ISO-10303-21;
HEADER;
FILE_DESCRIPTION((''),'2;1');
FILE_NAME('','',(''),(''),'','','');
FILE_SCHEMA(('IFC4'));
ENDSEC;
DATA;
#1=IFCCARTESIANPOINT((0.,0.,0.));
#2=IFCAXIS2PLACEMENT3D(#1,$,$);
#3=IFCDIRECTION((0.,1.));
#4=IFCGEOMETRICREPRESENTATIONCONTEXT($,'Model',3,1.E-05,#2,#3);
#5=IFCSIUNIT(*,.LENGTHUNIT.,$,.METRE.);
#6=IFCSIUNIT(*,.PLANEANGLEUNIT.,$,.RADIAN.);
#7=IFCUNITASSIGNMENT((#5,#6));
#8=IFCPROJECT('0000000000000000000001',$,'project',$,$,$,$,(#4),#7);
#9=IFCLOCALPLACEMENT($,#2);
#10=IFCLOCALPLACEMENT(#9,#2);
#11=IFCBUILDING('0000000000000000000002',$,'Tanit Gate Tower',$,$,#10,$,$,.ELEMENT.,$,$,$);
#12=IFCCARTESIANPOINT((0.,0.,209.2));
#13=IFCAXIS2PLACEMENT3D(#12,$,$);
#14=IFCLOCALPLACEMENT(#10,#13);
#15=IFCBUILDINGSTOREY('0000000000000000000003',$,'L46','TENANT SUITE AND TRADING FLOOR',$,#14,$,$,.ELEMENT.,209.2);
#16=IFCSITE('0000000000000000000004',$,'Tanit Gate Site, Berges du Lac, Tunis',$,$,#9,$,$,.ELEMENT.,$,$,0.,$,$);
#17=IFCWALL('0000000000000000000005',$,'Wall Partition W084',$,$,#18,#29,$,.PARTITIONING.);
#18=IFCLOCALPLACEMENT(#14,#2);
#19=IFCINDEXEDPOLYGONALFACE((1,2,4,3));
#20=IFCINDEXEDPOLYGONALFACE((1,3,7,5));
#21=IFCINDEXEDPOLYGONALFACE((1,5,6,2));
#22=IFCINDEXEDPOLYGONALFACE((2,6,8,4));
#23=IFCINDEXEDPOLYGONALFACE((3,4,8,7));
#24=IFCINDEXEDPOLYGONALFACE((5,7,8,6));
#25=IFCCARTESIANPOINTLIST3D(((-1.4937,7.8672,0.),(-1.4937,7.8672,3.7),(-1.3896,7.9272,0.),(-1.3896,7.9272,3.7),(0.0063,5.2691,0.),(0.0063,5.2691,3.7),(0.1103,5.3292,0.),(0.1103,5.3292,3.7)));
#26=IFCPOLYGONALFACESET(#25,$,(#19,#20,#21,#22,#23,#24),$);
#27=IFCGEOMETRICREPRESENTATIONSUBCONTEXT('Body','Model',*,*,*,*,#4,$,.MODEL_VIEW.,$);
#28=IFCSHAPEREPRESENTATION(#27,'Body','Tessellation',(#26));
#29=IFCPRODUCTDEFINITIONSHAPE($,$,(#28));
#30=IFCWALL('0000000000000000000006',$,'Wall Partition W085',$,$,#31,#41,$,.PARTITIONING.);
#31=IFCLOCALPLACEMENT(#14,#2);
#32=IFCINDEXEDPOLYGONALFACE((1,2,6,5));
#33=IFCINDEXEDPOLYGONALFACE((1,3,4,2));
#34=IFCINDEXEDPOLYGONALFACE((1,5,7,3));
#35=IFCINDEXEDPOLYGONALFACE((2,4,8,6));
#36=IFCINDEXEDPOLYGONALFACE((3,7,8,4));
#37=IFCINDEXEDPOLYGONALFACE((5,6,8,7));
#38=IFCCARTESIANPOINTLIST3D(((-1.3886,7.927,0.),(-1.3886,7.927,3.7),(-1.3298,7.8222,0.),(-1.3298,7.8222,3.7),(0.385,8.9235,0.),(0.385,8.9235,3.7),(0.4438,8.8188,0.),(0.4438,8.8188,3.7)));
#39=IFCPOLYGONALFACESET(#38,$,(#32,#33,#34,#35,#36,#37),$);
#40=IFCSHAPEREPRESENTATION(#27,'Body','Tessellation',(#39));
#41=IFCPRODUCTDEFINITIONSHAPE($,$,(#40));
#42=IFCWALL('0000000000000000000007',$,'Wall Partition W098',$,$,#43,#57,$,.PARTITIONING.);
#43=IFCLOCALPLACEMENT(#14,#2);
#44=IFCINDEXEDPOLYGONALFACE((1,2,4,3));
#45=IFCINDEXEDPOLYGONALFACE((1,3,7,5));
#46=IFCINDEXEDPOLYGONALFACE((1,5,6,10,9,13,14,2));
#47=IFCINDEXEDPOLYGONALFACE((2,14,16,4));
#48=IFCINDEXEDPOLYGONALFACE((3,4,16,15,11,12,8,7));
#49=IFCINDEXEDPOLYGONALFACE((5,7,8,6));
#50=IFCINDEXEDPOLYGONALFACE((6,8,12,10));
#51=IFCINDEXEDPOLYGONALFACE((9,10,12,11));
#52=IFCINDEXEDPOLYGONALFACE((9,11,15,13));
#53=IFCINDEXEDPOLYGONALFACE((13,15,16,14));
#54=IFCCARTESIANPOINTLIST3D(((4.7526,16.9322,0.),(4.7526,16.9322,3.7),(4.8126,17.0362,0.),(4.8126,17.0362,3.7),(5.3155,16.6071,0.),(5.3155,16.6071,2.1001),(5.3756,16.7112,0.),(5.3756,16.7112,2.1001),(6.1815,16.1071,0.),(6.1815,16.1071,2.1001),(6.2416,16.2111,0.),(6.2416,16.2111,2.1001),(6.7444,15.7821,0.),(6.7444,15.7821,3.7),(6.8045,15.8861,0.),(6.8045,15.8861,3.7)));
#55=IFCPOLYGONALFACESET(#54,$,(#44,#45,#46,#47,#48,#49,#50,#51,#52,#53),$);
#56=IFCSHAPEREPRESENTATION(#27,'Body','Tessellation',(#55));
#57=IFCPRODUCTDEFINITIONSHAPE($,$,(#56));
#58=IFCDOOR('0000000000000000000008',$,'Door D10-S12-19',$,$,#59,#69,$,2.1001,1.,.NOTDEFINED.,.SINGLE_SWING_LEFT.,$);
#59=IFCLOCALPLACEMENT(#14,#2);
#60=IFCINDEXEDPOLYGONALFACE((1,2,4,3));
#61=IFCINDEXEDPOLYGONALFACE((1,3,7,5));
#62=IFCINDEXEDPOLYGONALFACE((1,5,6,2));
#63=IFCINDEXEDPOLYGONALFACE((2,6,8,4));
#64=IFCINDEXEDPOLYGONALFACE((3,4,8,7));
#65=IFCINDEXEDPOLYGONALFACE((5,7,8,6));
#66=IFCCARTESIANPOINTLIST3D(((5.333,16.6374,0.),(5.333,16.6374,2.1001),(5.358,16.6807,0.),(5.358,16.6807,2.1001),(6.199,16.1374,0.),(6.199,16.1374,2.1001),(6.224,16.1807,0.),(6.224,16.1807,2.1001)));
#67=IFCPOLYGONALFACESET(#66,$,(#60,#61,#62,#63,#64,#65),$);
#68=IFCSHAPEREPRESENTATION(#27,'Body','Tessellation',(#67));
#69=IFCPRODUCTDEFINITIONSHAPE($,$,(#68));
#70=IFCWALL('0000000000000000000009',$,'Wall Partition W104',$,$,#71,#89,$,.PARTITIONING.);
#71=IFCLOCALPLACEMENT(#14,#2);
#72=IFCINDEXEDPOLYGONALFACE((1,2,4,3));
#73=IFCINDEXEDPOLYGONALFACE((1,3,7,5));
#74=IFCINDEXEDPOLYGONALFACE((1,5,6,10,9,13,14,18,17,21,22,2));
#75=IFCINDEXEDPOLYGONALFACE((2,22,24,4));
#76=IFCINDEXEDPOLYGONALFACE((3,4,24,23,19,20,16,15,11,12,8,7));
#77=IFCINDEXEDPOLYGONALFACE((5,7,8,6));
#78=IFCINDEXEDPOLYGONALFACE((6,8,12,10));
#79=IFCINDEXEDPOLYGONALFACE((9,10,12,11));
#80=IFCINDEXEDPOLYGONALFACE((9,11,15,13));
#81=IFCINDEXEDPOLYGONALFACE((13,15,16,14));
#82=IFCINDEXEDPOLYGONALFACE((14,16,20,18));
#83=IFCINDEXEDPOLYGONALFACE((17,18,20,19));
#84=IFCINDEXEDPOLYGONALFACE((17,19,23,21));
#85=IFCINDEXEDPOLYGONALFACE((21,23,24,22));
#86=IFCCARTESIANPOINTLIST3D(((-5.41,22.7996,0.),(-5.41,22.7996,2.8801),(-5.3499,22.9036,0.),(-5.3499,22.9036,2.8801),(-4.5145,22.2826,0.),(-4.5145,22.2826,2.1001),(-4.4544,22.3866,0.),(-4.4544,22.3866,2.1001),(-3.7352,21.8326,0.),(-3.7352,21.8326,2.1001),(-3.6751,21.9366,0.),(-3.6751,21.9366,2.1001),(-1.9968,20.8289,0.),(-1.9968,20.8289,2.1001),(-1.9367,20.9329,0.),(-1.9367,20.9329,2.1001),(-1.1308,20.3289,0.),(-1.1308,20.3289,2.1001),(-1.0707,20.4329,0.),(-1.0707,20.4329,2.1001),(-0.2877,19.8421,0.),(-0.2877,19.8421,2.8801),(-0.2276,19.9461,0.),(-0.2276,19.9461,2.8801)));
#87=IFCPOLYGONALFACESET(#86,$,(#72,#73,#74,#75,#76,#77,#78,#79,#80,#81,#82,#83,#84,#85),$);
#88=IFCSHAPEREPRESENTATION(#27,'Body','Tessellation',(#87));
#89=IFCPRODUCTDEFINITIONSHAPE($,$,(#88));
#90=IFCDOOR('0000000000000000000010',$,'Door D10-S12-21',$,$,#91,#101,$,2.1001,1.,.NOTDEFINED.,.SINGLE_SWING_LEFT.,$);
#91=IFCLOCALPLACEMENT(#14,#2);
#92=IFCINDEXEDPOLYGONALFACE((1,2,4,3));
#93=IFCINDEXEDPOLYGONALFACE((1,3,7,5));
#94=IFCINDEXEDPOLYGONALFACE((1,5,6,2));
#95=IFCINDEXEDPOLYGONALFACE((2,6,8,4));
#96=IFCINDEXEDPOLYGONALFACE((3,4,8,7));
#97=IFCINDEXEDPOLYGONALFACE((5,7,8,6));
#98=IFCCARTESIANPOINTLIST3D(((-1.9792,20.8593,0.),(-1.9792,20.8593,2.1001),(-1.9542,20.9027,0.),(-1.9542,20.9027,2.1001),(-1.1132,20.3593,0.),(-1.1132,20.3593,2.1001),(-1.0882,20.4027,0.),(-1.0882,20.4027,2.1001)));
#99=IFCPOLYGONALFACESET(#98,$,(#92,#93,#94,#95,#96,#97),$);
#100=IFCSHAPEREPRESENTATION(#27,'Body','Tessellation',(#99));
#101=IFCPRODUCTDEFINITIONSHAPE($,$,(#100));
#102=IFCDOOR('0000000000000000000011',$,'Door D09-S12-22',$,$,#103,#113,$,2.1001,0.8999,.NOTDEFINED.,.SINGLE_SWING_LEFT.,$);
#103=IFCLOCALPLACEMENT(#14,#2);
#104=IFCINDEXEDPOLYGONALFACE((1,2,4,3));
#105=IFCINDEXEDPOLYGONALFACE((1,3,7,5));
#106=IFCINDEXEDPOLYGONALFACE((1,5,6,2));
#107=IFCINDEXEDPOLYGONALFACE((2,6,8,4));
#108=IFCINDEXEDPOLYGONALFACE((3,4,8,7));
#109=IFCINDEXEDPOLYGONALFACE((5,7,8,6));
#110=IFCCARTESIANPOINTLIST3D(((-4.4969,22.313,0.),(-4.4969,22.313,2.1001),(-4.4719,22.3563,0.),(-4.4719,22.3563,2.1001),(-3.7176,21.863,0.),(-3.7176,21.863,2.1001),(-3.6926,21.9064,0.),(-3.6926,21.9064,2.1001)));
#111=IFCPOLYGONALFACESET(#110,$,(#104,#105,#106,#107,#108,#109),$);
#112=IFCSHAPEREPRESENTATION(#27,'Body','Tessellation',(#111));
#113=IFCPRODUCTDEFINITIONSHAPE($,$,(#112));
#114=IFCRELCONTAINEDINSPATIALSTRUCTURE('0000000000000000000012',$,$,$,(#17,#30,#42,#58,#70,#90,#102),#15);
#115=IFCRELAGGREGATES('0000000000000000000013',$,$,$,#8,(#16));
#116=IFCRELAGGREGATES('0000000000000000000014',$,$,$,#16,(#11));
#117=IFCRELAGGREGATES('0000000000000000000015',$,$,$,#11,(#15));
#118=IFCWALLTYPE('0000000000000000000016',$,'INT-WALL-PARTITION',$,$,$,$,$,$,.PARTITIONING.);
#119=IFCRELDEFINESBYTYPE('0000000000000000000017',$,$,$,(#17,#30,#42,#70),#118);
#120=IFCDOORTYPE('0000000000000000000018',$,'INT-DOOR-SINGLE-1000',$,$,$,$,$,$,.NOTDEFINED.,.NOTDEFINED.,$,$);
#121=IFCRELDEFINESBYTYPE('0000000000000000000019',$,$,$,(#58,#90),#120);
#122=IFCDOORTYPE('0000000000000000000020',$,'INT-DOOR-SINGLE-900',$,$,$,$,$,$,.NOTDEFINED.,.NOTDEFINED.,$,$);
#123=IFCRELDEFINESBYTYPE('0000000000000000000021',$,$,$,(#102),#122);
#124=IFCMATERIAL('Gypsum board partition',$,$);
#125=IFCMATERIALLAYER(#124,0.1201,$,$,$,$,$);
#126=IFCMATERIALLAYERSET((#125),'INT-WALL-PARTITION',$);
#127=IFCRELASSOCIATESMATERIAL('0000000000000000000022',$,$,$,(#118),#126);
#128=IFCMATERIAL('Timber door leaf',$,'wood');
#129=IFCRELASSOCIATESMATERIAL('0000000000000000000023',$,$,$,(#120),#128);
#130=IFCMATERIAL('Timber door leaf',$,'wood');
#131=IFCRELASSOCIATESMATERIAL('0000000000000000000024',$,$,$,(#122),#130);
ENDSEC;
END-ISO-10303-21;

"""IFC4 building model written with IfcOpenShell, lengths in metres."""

from ifc_helpers import new_model, si_unit, direction, frame, frame_2d, origin, place, context, subcontext, project, spatial, rectangle, extrude, material, layer, layer_set, type_object, element, fill, save


model = new_model("IFC4")

# Units and contexts
model_context = context("Model", 3, precision=1e-05, world=origin(), true_north=direction((0.0, 1.0)))
body_context = subcontext(model_context, "Body", "Model", "MODEL_VIEW")
ifc_project = project(units=[si_unit("LENGTHUNIT", "METRE"), si_unit("PLANEANGLEUNIT", "RADIAN")], contexts=[model_context])

# Site, building, storey
site_placement = place(None, origin())
site = spatial("IfcSite", under=ifc_project, at=site_placement, Name="Tanit Gate Site, Berges du Lac, Tunis", CompositionType="ELEMENT", RefElevation=0.0)
building_placement = place(site_placement, origin())
building = spatial("IfcBuilding", under=site, at=building_placement, Name="Tanit Gate Tower", CompositionType="ELEMENT")
storey_placement = place(building_placement, frame((0.0, 0.0, 209.2)))
storey = spatial("IfcBuildingStorey", under=building, at=storey_placement, Name="L46", Description="TENANT SUITE AND TRADING FLOOR", CompositionType="ELEMENT", Elevation=209.2)

# Shared definitions
ifc_material_1 = material(Name="Gypsum board partition")
ifc_layer_1 = layer(ifc_material_1, 0.1201)
ifc_layer_set_1 = layer_set([ifc_layer_1], Name="INT-WALL-PARTITION")
wall_type_1 = type_object("IfcWallType", Name="INT-WALL-PARTITION", PredefinedType="PARTITIONING", material=ifc_layer_set_1)

# Walls
wall_1_placement = place(storey_placement, frame((-1.4417, 7.8972, 0.0), z_axis=(0.0, 0.0, 1.0), x_axis=(0.49999, -0.866031, 0.0)))
element("IfcWall", 1, at=wall_1_placement, inside=storey, type_object=wall_type_1, Name="Wall Partition W084", PredefinedType="PARTITIONING", context=body_context, shape_type="SweptSolid", body=[
    extrude(rectangle(XDim=3.0, YDim=0.1201, at=frame_2d((1.5, 0.0))), origin(), (0.0, 0.0, 1.0), 3.7),
])
wall_2_placement = place(storey_placement, frame((0.4143, 8.8711, 0.0), z_axis=(0.0, 0.0, 1.0), x_axis=(-0.871809, -0.489845, 0.0)))
element("IfcWall", 2, at=wall_2_placement, inside=storey, type_object=wall_type_1, Name="Wall Partition W085", PredefinedType="PARTITIONING", context=body_context, shape_type="SweptSolid", body=[
    extrude(rectangle(XDim=2.0344, YDim=0.1201, at=frame_2d((1.0171, 0.0))), origin(), (0.0, 0.0, 1.0), 3.7),
])

# Wall, opening, door
wall_3_placement = place(storey_placement, frame((4.7827, 16.9841, 0.0), z_axis=(0.0, 0.0, 1.0), x_axis=(0.866007, -0.500032, 0.0)))
wall_3 = element("IfcWall", 3, at=wall_3_placement, inside=storey, type_object=wall_type_1, Name="Wall Partition W098", PredefinedType="PARTITIONING", context=body_context, shape_type="SweptSolid", body=[
    extrude(rectangle(XDim=2.3, YDim=0.1201, at=frame_2d((1.1499, 0.0))), origin(), (0.0, 0.0, 1.0), 3.7),
])
opening_1_placement = place(wall_3_placement, frame((0.6499, 0.0, 0.0)))
opening_1 = element("IfcOpeningElement", 4, at=opening_1_placement, cuts=wall_3, PredefinedType="OPENING", context=body_context, shape_type="SweptSolid", body=[
    extrude(rectangle(XDim=1.0, YDim=2.1001, at=frame_2d((0.5, 1.05))), frame((0.0, 0.0701, 0.0), z_axis=(0.0, -1.0, 0.0), x_axis=(1.0, 0.0, 0.0)), (0.0, 0.0, 1.0), 0.1401),
])
ifc_material_2 = material(Name="Timber door leaf", Category="wood")
door_type_1 = type_object("IfcDoorType", Name="INT-DOOR-SINGLE-1000", OperationType="NOTDEFINED", PredefinedType="NOTDEFINED", material=ifc_material_2)
door_1_placement = place(opening_1_placement, origin())
door_1 = element("IfcDoor", 5, at=door_1_placement, inside=storey, type_object=door_type_1, Name="Door D10-S12-19", OperationType="SINGLE_SWING_LEFT", OverallHeight=2.1001, OverallWidth=1.0, PredefinedType="NOTDEFINED", context=body_context, shape_type="SweptSolid", body=[
    extrude(rectangle(XDim=1.0, YDim=2.1001, at=frame_2d((0.5, 1.05))), frame((0.0, 0.0249, 0.0), z_axis=(0.0, -1.0, 0.0), x_axis=(1.0, 0.0, 0.0)), (0.0, 0.0, 1.0), 0.05),
])
fill(opening_1, door_1)

# Wall, openings, doors
wall_4_placement = place(storey_placement, frame((-0.2576, 19.894, 0.0), z_axis=(0.0, 0.0, 1.0), x_axis=(-0.866014, 0.500019, 0.0)))
wall_4 = element("IfcWall", 6, at=wall_4_placement, inside=storey, type_object=wall_type_1, Name="Wall Partition W104", PredefinedType="PARTITIONING", context=body_context, shape_type="SweptSolid", body=[
    extrude(rectangle(XDim=5.9148, YDim=0.1201, at=frame_2d((2.9575, 0.0))), origin(), (0.0, 0.0, 1.0), 2.8801),
])
opening_2_placement = place(wall_4_placement, frame((0.9736, 0.0, 0.0)))
opening_2 = element("IfcOpeningElement", 7, at=opening_2_placement, cuts=wall_4, PredefinedType="OPENING", context=body_context, shape_type="SweptSolid", body=[
    extrude(rectangle(XDim=1.0, YDim=2.1001, at=frame_2d((0.5, 1.05))), frame((0.0, 0.0701, 0.0), z_axis=(0.0, -1.0, 0.0), x_axis=(1.0, 0.0, 0.0)), (0.0, 0.0, 1.0), 0.1401),
])
opening_3_placement = place(wall_4_placement, frame((3.981, 0.0, 0.0)))
opening_3 = element("IfcOpeningElement", 8, at=opening_3_placement, cuts=wall_4, PredefinedType="OPENING", context=body_context, shape_type="SweptSolid", body=[
    extrude(rectangle(XDim=0.8999, YDim=2.1001, at=frame_2d((0.45, 1.05))), frame((0.0, 0.0701, 0.0), z_axis=(0.0, -1.0, 0.0), x_axis=(1.0, 0.0, 0.0)), (0.0, 0.0, 1.0), 0.1401),
])
door_2_placement = place(opening_2_placement, origin())
door_2 = element("IfcDoor", 9, at=door_2_placement, inside=storey, type_object=door_type_1, Name="Door D10-S12-21", OperationType="SINGLE_SWING_LEFT", OverallHeight=2.1001, OverallWidth=1.0, PredefinedType="NOTDEFINED", context=body_context, shape_type="SweptSolid", body=[
    extrude(rectangle(XDim=1.0, YDim=2.1001, at=frame_2d((0.5, 1.05))), frame((0.0, 0.0249, 0.0), z_axis=(0.0, -1.0, 0.0), x_axis=(1.0, 0.0, 0.0)), (0.0, 0.0, 1.0), 0.05),
])
fill(opening_2, door_2)
ifc_material_3 = material(Name="Timber door leaf", Category="wood")
door_type_2 = type_object("IfcDoorType", Name="INT-DOOR-SINGLE-900", OperationType="NOTDEFINED", PredefinedType="NOTDEFINED", material=ifc_material_3)
door_3_placement = place(opening_3_placement, origin())
door_3 = element("IfcDoor", 10, at=door_3_placement, inside=storey, type_object=door_type_2, Name="Door D09-S12-22", OperationType="SINGLE_SWING_LEFT", OverallHeight=2.1001, OverallWidth=0.8999, PredefinedType="NOTDEFINED", context=body_context, shape_type="SweptSolid", body=[
    extrude(rectangle(XDim=0.8999, YDim=2.1001, at=frame_2d((0.45, 1.05))), frame((0.0, 0.0249, 0.0), z_axis=(0.0, -1.0, 0.0), x_axis=(1.0, 0.0, 0.0)), (0.0, 0.0, 1.0), 0.05),
])
fill(opening_3, door_3)

save(model, "model.ifc")
